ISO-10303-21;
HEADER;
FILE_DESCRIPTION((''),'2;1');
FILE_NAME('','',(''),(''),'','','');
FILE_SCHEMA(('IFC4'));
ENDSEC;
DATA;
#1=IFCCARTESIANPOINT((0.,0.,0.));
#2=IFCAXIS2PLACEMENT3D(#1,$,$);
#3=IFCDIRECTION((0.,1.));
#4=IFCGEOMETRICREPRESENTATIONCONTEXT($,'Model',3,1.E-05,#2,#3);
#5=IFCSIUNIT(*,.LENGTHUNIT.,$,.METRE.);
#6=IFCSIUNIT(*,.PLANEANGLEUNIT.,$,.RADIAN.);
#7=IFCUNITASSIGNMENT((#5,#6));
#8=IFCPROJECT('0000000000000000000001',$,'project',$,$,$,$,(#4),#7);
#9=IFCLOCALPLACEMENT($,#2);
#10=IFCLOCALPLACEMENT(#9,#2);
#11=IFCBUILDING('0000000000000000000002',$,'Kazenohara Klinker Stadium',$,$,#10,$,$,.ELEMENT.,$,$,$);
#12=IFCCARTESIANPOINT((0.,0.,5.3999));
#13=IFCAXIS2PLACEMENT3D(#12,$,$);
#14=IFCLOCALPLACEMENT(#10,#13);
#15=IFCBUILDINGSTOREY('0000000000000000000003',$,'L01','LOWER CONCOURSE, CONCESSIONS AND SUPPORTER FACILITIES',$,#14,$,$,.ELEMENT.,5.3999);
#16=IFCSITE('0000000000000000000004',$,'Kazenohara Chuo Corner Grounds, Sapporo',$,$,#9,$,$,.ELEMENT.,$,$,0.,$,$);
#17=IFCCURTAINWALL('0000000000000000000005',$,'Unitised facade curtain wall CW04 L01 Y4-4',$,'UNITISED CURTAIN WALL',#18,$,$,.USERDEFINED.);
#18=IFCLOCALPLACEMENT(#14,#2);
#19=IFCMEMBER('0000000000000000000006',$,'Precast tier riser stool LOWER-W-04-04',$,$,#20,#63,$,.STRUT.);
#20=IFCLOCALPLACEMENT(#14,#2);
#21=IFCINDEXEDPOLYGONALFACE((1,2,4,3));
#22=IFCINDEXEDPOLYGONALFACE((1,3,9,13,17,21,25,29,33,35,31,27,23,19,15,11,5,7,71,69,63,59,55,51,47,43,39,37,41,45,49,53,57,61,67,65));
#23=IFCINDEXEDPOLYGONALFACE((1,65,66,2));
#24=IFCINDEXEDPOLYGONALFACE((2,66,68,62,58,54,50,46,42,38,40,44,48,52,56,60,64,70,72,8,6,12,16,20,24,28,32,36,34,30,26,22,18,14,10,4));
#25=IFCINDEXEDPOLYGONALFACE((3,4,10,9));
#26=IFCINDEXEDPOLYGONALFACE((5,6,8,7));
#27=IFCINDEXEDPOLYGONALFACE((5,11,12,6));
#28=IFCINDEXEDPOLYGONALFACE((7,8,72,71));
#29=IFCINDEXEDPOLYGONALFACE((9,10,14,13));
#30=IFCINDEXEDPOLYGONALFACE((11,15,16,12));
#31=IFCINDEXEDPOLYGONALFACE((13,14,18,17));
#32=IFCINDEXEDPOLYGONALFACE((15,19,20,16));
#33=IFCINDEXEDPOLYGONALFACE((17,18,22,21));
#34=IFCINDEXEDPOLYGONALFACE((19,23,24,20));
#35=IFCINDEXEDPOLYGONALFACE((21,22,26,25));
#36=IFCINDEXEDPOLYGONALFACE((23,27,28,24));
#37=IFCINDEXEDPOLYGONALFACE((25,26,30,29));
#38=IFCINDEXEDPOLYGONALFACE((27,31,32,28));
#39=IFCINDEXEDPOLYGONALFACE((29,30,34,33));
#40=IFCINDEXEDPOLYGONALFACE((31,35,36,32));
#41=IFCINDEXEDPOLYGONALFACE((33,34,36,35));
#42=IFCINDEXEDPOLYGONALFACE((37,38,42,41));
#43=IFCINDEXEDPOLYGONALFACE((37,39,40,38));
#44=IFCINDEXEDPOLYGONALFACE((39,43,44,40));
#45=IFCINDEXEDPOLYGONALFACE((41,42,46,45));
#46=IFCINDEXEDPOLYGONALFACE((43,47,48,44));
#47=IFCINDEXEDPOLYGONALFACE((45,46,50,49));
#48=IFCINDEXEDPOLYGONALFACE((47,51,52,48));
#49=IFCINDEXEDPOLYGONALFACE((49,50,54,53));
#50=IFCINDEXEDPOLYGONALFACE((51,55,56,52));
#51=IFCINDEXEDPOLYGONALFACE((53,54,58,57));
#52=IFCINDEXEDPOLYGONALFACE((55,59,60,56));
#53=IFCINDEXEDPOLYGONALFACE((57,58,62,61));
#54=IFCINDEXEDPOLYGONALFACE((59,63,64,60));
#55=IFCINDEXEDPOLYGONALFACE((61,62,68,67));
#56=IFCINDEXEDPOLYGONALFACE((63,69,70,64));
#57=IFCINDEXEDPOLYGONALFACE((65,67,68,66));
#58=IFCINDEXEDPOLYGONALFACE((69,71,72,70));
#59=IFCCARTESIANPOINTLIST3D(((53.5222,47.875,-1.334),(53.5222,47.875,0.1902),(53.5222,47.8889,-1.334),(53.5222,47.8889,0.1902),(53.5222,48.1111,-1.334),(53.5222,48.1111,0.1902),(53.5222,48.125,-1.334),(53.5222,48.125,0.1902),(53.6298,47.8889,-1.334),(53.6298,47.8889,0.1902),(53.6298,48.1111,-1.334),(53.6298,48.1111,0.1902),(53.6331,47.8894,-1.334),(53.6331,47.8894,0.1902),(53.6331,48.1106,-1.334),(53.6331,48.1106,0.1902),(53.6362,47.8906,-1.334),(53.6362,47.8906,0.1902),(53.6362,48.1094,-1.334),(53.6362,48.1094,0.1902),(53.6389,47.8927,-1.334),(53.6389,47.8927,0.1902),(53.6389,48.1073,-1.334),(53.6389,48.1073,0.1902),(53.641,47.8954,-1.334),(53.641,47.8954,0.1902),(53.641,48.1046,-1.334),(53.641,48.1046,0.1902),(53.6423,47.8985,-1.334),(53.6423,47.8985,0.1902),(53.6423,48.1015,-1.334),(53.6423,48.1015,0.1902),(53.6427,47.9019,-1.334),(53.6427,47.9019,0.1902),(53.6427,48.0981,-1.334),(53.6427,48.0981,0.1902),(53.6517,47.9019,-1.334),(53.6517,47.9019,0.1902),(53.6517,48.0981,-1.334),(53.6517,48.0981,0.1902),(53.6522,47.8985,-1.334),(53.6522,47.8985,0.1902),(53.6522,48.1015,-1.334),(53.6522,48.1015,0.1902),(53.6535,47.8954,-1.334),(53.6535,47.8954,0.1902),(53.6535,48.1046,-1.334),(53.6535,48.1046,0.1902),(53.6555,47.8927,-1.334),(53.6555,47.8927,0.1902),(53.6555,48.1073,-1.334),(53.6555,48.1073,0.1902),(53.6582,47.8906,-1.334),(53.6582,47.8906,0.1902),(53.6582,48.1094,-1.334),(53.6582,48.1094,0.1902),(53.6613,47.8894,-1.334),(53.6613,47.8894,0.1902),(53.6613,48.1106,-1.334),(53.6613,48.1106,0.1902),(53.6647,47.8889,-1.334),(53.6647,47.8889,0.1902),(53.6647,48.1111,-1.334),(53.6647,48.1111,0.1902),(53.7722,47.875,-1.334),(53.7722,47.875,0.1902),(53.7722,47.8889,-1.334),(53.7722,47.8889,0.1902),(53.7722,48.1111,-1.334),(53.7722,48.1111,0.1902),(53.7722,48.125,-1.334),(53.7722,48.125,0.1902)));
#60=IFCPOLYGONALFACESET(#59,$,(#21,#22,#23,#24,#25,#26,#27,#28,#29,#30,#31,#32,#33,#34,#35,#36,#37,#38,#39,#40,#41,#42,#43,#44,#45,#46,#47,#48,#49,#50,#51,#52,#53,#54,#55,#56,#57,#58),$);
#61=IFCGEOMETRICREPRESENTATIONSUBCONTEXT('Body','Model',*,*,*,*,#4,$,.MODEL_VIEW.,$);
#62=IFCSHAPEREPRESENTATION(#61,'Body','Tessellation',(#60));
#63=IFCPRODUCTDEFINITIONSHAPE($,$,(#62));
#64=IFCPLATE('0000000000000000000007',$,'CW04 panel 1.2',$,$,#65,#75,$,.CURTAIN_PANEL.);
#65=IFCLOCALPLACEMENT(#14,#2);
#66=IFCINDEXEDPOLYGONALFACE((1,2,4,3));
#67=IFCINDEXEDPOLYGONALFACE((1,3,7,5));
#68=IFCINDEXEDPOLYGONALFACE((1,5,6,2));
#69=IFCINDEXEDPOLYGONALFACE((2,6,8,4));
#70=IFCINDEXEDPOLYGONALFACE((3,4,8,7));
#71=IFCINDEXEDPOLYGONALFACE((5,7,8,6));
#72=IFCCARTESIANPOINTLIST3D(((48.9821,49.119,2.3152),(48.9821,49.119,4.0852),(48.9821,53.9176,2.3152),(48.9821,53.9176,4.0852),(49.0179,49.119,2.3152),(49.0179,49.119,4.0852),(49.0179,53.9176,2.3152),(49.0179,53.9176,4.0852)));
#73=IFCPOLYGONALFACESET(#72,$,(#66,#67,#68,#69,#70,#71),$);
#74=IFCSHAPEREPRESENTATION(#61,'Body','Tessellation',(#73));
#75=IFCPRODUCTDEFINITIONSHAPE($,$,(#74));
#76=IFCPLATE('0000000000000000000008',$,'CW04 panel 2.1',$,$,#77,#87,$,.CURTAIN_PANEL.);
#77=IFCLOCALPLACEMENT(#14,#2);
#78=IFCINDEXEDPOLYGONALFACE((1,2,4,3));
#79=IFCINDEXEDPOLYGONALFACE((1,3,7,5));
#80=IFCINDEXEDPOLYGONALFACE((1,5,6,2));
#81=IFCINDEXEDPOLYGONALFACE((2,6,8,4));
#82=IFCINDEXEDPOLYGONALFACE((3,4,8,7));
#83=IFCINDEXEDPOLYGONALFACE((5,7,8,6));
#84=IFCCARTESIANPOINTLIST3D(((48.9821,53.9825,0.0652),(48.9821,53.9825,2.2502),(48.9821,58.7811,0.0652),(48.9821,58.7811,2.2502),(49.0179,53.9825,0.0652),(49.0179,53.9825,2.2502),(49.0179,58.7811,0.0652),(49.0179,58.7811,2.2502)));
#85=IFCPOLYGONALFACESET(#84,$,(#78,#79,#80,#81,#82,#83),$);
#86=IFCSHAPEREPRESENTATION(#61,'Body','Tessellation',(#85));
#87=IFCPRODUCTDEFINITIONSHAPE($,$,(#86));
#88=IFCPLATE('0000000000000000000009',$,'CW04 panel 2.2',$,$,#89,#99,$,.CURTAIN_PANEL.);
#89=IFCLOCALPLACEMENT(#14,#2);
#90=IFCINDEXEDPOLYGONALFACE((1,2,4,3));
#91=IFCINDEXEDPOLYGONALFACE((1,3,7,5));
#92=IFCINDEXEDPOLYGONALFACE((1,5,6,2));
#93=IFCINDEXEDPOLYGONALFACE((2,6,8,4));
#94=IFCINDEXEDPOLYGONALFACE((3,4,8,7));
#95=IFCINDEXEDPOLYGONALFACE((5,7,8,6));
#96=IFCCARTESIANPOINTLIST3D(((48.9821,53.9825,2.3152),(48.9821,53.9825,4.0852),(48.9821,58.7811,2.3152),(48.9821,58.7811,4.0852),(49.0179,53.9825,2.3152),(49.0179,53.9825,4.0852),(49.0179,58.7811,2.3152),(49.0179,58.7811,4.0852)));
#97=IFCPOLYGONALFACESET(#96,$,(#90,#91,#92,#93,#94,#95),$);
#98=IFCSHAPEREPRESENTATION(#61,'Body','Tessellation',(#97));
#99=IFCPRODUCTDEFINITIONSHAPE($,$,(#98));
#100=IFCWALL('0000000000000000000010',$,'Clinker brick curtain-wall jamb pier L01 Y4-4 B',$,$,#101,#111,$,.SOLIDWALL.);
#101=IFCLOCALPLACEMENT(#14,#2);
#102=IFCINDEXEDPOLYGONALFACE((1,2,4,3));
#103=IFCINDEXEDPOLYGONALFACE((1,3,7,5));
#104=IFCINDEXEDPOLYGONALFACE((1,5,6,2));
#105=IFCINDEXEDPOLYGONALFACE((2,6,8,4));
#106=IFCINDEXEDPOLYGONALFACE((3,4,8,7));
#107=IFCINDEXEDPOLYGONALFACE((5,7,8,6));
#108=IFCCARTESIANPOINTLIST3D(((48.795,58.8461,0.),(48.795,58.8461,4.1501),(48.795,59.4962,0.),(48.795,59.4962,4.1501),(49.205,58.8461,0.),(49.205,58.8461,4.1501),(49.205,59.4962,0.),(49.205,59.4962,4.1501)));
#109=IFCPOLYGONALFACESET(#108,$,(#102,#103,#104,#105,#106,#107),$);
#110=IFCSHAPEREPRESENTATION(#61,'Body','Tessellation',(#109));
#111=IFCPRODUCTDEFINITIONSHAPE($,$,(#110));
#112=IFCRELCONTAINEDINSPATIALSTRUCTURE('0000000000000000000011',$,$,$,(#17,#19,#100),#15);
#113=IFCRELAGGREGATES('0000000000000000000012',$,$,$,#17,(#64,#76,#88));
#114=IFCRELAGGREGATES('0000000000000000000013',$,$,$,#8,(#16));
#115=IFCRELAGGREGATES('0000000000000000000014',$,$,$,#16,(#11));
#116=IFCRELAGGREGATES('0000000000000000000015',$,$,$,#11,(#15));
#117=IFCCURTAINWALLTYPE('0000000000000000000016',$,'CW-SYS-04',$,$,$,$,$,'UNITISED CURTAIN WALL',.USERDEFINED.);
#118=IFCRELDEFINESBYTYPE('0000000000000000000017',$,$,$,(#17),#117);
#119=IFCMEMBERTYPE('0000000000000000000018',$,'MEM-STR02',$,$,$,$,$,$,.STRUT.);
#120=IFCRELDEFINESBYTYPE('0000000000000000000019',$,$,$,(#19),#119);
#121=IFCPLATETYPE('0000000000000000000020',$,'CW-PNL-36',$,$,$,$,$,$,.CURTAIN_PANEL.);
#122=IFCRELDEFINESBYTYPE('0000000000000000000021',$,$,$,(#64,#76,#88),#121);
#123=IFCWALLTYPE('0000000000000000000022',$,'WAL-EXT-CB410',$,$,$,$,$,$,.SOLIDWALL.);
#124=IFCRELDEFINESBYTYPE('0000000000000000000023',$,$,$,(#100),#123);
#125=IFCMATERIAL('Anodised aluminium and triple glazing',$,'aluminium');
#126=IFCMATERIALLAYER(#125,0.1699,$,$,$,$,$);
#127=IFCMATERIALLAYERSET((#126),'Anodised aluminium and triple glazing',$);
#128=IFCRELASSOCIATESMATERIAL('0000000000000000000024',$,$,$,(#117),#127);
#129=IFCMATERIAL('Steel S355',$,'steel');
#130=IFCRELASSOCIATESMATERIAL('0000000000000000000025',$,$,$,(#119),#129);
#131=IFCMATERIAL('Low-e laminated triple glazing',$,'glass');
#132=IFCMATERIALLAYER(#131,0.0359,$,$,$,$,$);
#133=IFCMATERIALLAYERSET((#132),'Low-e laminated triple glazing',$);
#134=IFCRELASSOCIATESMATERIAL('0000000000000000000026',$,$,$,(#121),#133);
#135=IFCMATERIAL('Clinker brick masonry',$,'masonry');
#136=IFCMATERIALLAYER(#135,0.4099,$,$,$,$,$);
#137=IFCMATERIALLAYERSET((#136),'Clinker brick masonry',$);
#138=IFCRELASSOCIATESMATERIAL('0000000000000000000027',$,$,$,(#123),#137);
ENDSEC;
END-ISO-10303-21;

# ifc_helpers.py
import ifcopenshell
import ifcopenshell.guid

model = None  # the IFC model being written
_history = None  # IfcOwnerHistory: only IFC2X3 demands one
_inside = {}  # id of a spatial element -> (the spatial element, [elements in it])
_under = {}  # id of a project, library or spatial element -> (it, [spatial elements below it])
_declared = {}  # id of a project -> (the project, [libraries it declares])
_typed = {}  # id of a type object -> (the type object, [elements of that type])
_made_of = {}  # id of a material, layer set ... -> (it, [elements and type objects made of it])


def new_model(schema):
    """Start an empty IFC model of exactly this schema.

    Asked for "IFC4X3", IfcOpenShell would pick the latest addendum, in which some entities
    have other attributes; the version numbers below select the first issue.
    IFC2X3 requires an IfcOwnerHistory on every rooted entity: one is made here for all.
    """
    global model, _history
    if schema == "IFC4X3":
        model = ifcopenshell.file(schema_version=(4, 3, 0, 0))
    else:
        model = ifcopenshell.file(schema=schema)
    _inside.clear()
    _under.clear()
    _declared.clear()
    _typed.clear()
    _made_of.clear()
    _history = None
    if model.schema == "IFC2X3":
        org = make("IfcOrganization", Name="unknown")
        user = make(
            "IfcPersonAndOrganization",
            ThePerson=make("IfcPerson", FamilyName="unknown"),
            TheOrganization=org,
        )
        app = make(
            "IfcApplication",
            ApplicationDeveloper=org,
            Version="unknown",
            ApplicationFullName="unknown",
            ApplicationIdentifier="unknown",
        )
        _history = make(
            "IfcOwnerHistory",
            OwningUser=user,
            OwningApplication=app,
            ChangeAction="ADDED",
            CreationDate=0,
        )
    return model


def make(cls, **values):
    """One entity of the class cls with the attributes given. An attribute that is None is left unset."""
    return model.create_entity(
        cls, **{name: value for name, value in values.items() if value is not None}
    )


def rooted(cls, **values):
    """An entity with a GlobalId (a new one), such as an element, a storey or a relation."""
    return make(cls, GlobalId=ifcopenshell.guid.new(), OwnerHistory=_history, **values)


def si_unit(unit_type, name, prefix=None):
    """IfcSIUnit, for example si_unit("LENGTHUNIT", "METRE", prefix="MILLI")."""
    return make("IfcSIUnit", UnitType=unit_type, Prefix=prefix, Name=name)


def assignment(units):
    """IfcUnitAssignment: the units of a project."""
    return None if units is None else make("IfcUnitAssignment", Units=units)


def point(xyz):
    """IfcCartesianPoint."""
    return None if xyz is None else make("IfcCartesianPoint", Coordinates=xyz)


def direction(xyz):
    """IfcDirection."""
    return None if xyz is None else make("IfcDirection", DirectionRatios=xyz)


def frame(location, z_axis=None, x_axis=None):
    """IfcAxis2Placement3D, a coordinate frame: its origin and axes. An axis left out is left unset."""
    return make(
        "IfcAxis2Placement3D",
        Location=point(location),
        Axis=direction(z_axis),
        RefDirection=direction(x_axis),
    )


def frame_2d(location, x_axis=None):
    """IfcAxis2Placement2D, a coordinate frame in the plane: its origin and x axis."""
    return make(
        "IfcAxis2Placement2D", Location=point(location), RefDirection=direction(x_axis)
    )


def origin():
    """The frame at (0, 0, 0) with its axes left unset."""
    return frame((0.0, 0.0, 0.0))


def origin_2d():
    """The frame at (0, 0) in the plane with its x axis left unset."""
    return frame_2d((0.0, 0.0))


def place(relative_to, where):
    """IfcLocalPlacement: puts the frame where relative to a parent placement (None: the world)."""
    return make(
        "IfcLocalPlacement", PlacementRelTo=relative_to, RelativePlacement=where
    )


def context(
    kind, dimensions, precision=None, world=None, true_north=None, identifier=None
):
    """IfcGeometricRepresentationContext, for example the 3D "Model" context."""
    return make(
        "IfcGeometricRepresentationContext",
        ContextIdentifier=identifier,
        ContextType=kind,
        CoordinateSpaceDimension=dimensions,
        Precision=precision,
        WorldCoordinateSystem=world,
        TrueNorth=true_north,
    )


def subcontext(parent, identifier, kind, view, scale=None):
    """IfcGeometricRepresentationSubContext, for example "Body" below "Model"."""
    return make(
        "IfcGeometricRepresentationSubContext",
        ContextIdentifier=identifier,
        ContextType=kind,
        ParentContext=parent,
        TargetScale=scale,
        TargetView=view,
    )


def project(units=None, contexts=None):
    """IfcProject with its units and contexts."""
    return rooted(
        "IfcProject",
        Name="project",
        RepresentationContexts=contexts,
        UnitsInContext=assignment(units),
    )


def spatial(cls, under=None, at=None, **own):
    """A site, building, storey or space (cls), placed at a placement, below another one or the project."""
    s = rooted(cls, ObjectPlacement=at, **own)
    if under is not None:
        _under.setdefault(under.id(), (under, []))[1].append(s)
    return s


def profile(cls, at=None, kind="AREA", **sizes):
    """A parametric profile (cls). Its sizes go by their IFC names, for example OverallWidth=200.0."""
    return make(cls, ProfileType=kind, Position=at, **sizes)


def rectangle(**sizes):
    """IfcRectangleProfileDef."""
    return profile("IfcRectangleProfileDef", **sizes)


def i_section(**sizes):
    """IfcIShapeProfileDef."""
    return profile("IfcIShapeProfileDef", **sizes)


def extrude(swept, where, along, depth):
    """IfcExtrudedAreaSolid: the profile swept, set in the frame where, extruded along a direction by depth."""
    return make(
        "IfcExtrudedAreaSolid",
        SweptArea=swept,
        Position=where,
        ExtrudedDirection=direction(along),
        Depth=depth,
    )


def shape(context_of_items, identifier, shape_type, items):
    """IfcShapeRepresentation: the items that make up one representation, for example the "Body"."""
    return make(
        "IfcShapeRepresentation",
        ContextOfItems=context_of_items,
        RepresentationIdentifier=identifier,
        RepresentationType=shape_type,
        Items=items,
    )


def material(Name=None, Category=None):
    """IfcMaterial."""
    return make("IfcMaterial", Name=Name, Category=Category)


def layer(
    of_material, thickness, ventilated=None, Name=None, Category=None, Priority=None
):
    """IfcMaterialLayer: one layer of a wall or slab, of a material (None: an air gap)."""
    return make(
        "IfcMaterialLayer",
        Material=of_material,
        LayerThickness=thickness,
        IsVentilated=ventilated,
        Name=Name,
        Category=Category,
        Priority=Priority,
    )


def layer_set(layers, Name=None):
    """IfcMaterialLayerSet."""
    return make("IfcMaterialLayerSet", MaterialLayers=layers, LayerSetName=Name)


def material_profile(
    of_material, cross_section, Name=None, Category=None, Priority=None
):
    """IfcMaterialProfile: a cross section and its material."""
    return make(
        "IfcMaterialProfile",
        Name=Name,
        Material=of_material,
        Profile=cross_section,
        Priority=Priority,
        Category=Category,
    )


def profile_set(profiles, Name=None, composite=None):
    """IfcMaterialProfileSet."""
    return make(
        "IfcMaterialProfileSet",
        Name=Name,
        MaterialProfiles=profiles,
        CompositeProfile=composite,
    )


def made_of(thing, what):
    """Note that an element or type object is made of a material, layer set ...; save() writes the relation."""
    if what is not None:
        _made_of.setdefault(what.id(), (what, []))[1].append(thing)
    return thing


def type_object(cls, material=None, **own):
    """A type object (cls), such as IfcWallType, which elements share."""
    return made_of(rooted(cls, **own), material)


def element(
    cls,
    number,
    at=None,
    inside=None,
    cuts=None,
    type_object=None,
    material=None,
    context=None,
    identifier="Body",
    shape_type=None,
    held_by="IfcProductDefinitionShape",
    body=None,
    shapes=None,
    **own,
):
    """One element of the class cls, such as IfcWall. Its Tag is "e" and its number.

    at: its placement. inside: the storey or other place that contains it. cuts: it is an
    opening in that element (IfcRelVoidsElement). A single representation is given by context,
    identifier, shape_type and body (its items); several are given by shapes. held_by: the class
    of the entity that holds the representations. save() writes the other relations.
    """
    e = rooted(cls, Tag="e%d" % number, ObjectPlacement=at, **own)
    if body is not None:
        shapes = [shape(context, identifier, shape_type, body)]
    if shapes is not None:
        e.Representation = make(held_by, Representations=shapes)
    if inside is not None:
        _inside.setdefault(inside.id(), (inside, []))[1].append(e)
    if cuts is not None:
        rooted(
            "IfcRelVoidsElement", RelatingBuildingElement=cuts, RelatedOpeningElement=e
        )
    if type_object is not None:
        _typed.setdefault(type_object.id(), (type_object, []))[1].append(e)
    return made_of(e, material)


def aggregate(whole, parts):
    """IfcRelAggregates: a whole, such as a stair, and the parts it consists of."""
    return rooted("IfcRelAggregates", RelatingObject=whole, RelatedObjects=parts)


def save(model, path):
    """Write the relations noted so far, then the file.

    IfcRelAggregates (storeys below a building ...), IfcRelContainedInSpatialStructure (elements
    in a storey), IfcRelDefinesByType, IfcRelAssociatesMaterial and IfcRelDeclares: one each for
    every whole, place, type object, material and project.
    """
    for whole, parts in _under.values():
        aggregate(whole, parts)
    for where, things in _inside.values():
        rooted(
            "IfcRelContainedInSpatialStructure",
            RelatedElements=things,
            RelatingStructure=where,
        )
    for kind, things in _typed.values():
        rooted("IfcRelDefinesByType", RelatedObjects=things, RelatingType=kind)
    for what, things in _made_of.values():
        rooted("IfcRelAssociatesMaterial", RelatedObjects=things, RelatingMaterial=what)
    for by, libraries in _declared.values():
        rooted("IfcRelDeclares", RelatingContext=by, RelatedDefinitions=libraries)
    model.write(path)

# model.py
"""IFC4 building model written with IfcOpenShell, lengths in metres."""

from ifc_helpers import new_model, si_unit, direction, frame, frame_2d, origin, origin_2d, place, context, subcontext, project, spatial, rectangle, i_section, extrude, material, layer, layer_set, material_profile, profile_set, type_object, element, aggregate, save


model = new_model("IFC4")

# Units and contexts
model_context = context("Model", 3, precision=1e-05, world=origin(), true_north=direction((0.0, 1.0)))
body_context = subcontext(model_context, "Body", "Model", "MODEL_VIEW")
ifc_project = project(units=[si_unit("LENGTHUNIT", "METRE"), si_unit("PLANEANGLEUNIT", "RADIAN")], contexts=[model_context])

# Site, building, storey
site_placement = place(None, origin())
site = spatial("IfcSite", under=ifc_project, at=site_placement, Name="Kazenohara Chuo Corner Grounds, Sapporo", CompositionType="ELEMENT", RefElevation=0.0)
building_placement = place(site_placement, origin())
building = spatial("IfcBuilding", under=site, at=building_placement, Name="Kazenohara Klinker Stadium", CompositionType="ELEMENT")
storey_placement = place(building_placement, frame((0.0, 0.0, 5.3999)))
storey = spatial("IfcBuildingStorey", under=building, at=storey_placement, Name="L01", Description="LOWER CONCOURSE, CONCESSIONS AND SUPPORTER FACILITIES", CompositionType="ELEMENT", Elevation=5.3999)

# Curtain wall
ifc_material_1 = material(Name="Anodised aluminium and triple glazing", Category="aluminium")
ifc_layer_1 = layer(ifc_material_1, 0.1699)
ifc_layer_set_1 = layer_set([ifc_layer_1], Name="Anodised aluminium and triple glazing")
curtain_wall_type = type_object("IfcCurtainWallType", Name="CW-SYS-04", ElementType="UNITISED CURTAIN WALL", PredefinedType="USERDEFINED", material=ifc_layer_set_1)
curtain_wall_placement = place(storey_placement, origin())
curtain_wall = element("IfcCurtainWall", 1, at=curtain_wall_placement, inside=storey, type_object=curtain_wall_type, Name="Unitised facade curtain wall CW04 L01 Y4-4", ObjectType="UNITISED CURTAIN WALL", PredefinedType="USERDEFINED")

# Member
ifc_material_2 = material(Name="Steel S355", Category="steel")
ifc_material_profile_1 = material_profile(ifc_material_2, i_section(OverallWidth=0.25, OverallDepth=0.25, WebThickness=0.009, FlangeThickness=0.0139, FilletRadius=0.0129, at=origin_2d()), Name="H-250x250x9x14")
ifc_profile_set_1 = profile_set([ifc_material_profile_1], Name="Steel S355")
member_type_1 = type_object("IfcMemberType", Name="MEM-STR02", PredefinedType="STRUT", material=ifc_profile_set_1)
member_1_placement = place(storey_placement, frame((53.6472, 48.0, -1.334), z_axis=(0.0, 0.0, 1.0), x_axis=(1.0, 0.0, 0.0)))
element("IfcMember", 2, at=member_1_placement, inside=storey, type_object=member_type_1, Name="Precast tier riser stool LOWER-W-04-04", PredefinedType="STRUT", context=body_context, shape_type="SweptSolid", body=[
    extrude(i_section(OverallWidth=0.25, OverallDepth=0.25, WebThickness=0.009, FlangeThickness=0.0139, FilletRadius=0.0129, at=origin_2d()), origin(), (0.0, 0.0, 1.0), 1.5242),
])

# Plates
ifc_material_3 = material(Name="Low-e laminated triple glazing", Category="glass")
ifc_layer_2 = layer(ifc_material_3, 0.0359)
ifc_layer_set_2 = layer_set([ifc_layer_2], Name="Low-e laminated triple glazing")
plate_type = type_object("IfcPlateType", Name="CW-PNL-36", PredefinedType="CURTAIN_PANEL", material=ifc_layer_set_2)
plate_1_placement = place(storey_placement, frame((49.0, 51.5183, 2.3152), z_axis=(0.0, 0.0, 1.0), x_axis=(0.0, 1.0, 0.0)))
plate_1 = element("IfcPlate", 3, at=plate_1_placement, type_object=plate_type, Name="CW04 panel 1.2", PredefinedType="CURTAIN_PANEL", context=body_context, shape_type="SweptSolid", body=[
    extrude(rectangle(XDim=4.7986, YDim=0.0359, at=origin_2d()), origin(), (0.0, 0.0, 1.0), 1.77),
])
plate_2_placement = place(storey_placement, frame((49.0, 56.3818, 0.0652), z_axis=(0.0, 0.0, 1.0), x_axis=(0.0, 1.0, 0.0)))
plate_2 = element("IfcPlate", 4, at=plate_2_placement, type_object=plate_type, Name="CW04 panel 2.1", PredefinedType="CURTAIN_PANEL", context=body_context, shape_type="SweptSolid", body=[
    extrude(rectangle(XDim=4.7986, YDim=0.0359, at=origin_2d()), origin(), (0.0, 0.0, 1.0), 2.1851),
])
plate_3_placement = place(storey_placement, frame((49.0, 56.3818, 2.3152), z_axis=(0.0, 0.0, 1.0), x_axis=(0.0, 1.0, 0.0)))
plate_3 = element("IfcPlate", 5, at=plate_3_placement, type_object=plate_type, Name="CW04 panel 2.2", PredefinedType="CURTAIN_PANEL", context=body_context, shape_type="SweptSolid", body=[
    extrude(rectangle(XDim=4.7986, YDim=0.0359, at=origin_2d()), origin(), (0.0, 0.0, 1.0), 1.77),
])
aggregate(curtain_wall, [plate_1, plate_2, plate_3])

# Wall
ifc_material_4 = material(Name="Clinker brick masonry", Category="masonry")
ifc_layer_3 = layer(ifc_material_4, 0.4099)
ifc_layer_set_3 = layer_set([ifc_layer_3], Name="Clinker brick masonry")
wall_type = type_object("IfcWallType", Name="WAL-EXT-CB410", PredefinedType="SOLIDWALL", material=ifc_layer_set_3)
wall_placement = place(storey_placement, frame((49.0, 58.8459, 0.0), z_axis=(0.0, 0.0, 1.0), x_axis=(0.0, 1.0, 0.0)))
element("IfcWall", 6, at=wall_placement, inside=storey, type_object=wall_type, Name="Clinker brick curtain-wall jamb pier L01 Y4-4 B", PredefinedType="SOLIDWALL", context=body_context, shape_type="SweptSolid", body=[
    extrude(rectangle(XDim=0.6501, YDim=0.4099, at=frame_2d((0.3252, 0.0))), origin(), (0.0, 0.0, 1.0), 4.1501),
])

save(model, "model.ifc")
